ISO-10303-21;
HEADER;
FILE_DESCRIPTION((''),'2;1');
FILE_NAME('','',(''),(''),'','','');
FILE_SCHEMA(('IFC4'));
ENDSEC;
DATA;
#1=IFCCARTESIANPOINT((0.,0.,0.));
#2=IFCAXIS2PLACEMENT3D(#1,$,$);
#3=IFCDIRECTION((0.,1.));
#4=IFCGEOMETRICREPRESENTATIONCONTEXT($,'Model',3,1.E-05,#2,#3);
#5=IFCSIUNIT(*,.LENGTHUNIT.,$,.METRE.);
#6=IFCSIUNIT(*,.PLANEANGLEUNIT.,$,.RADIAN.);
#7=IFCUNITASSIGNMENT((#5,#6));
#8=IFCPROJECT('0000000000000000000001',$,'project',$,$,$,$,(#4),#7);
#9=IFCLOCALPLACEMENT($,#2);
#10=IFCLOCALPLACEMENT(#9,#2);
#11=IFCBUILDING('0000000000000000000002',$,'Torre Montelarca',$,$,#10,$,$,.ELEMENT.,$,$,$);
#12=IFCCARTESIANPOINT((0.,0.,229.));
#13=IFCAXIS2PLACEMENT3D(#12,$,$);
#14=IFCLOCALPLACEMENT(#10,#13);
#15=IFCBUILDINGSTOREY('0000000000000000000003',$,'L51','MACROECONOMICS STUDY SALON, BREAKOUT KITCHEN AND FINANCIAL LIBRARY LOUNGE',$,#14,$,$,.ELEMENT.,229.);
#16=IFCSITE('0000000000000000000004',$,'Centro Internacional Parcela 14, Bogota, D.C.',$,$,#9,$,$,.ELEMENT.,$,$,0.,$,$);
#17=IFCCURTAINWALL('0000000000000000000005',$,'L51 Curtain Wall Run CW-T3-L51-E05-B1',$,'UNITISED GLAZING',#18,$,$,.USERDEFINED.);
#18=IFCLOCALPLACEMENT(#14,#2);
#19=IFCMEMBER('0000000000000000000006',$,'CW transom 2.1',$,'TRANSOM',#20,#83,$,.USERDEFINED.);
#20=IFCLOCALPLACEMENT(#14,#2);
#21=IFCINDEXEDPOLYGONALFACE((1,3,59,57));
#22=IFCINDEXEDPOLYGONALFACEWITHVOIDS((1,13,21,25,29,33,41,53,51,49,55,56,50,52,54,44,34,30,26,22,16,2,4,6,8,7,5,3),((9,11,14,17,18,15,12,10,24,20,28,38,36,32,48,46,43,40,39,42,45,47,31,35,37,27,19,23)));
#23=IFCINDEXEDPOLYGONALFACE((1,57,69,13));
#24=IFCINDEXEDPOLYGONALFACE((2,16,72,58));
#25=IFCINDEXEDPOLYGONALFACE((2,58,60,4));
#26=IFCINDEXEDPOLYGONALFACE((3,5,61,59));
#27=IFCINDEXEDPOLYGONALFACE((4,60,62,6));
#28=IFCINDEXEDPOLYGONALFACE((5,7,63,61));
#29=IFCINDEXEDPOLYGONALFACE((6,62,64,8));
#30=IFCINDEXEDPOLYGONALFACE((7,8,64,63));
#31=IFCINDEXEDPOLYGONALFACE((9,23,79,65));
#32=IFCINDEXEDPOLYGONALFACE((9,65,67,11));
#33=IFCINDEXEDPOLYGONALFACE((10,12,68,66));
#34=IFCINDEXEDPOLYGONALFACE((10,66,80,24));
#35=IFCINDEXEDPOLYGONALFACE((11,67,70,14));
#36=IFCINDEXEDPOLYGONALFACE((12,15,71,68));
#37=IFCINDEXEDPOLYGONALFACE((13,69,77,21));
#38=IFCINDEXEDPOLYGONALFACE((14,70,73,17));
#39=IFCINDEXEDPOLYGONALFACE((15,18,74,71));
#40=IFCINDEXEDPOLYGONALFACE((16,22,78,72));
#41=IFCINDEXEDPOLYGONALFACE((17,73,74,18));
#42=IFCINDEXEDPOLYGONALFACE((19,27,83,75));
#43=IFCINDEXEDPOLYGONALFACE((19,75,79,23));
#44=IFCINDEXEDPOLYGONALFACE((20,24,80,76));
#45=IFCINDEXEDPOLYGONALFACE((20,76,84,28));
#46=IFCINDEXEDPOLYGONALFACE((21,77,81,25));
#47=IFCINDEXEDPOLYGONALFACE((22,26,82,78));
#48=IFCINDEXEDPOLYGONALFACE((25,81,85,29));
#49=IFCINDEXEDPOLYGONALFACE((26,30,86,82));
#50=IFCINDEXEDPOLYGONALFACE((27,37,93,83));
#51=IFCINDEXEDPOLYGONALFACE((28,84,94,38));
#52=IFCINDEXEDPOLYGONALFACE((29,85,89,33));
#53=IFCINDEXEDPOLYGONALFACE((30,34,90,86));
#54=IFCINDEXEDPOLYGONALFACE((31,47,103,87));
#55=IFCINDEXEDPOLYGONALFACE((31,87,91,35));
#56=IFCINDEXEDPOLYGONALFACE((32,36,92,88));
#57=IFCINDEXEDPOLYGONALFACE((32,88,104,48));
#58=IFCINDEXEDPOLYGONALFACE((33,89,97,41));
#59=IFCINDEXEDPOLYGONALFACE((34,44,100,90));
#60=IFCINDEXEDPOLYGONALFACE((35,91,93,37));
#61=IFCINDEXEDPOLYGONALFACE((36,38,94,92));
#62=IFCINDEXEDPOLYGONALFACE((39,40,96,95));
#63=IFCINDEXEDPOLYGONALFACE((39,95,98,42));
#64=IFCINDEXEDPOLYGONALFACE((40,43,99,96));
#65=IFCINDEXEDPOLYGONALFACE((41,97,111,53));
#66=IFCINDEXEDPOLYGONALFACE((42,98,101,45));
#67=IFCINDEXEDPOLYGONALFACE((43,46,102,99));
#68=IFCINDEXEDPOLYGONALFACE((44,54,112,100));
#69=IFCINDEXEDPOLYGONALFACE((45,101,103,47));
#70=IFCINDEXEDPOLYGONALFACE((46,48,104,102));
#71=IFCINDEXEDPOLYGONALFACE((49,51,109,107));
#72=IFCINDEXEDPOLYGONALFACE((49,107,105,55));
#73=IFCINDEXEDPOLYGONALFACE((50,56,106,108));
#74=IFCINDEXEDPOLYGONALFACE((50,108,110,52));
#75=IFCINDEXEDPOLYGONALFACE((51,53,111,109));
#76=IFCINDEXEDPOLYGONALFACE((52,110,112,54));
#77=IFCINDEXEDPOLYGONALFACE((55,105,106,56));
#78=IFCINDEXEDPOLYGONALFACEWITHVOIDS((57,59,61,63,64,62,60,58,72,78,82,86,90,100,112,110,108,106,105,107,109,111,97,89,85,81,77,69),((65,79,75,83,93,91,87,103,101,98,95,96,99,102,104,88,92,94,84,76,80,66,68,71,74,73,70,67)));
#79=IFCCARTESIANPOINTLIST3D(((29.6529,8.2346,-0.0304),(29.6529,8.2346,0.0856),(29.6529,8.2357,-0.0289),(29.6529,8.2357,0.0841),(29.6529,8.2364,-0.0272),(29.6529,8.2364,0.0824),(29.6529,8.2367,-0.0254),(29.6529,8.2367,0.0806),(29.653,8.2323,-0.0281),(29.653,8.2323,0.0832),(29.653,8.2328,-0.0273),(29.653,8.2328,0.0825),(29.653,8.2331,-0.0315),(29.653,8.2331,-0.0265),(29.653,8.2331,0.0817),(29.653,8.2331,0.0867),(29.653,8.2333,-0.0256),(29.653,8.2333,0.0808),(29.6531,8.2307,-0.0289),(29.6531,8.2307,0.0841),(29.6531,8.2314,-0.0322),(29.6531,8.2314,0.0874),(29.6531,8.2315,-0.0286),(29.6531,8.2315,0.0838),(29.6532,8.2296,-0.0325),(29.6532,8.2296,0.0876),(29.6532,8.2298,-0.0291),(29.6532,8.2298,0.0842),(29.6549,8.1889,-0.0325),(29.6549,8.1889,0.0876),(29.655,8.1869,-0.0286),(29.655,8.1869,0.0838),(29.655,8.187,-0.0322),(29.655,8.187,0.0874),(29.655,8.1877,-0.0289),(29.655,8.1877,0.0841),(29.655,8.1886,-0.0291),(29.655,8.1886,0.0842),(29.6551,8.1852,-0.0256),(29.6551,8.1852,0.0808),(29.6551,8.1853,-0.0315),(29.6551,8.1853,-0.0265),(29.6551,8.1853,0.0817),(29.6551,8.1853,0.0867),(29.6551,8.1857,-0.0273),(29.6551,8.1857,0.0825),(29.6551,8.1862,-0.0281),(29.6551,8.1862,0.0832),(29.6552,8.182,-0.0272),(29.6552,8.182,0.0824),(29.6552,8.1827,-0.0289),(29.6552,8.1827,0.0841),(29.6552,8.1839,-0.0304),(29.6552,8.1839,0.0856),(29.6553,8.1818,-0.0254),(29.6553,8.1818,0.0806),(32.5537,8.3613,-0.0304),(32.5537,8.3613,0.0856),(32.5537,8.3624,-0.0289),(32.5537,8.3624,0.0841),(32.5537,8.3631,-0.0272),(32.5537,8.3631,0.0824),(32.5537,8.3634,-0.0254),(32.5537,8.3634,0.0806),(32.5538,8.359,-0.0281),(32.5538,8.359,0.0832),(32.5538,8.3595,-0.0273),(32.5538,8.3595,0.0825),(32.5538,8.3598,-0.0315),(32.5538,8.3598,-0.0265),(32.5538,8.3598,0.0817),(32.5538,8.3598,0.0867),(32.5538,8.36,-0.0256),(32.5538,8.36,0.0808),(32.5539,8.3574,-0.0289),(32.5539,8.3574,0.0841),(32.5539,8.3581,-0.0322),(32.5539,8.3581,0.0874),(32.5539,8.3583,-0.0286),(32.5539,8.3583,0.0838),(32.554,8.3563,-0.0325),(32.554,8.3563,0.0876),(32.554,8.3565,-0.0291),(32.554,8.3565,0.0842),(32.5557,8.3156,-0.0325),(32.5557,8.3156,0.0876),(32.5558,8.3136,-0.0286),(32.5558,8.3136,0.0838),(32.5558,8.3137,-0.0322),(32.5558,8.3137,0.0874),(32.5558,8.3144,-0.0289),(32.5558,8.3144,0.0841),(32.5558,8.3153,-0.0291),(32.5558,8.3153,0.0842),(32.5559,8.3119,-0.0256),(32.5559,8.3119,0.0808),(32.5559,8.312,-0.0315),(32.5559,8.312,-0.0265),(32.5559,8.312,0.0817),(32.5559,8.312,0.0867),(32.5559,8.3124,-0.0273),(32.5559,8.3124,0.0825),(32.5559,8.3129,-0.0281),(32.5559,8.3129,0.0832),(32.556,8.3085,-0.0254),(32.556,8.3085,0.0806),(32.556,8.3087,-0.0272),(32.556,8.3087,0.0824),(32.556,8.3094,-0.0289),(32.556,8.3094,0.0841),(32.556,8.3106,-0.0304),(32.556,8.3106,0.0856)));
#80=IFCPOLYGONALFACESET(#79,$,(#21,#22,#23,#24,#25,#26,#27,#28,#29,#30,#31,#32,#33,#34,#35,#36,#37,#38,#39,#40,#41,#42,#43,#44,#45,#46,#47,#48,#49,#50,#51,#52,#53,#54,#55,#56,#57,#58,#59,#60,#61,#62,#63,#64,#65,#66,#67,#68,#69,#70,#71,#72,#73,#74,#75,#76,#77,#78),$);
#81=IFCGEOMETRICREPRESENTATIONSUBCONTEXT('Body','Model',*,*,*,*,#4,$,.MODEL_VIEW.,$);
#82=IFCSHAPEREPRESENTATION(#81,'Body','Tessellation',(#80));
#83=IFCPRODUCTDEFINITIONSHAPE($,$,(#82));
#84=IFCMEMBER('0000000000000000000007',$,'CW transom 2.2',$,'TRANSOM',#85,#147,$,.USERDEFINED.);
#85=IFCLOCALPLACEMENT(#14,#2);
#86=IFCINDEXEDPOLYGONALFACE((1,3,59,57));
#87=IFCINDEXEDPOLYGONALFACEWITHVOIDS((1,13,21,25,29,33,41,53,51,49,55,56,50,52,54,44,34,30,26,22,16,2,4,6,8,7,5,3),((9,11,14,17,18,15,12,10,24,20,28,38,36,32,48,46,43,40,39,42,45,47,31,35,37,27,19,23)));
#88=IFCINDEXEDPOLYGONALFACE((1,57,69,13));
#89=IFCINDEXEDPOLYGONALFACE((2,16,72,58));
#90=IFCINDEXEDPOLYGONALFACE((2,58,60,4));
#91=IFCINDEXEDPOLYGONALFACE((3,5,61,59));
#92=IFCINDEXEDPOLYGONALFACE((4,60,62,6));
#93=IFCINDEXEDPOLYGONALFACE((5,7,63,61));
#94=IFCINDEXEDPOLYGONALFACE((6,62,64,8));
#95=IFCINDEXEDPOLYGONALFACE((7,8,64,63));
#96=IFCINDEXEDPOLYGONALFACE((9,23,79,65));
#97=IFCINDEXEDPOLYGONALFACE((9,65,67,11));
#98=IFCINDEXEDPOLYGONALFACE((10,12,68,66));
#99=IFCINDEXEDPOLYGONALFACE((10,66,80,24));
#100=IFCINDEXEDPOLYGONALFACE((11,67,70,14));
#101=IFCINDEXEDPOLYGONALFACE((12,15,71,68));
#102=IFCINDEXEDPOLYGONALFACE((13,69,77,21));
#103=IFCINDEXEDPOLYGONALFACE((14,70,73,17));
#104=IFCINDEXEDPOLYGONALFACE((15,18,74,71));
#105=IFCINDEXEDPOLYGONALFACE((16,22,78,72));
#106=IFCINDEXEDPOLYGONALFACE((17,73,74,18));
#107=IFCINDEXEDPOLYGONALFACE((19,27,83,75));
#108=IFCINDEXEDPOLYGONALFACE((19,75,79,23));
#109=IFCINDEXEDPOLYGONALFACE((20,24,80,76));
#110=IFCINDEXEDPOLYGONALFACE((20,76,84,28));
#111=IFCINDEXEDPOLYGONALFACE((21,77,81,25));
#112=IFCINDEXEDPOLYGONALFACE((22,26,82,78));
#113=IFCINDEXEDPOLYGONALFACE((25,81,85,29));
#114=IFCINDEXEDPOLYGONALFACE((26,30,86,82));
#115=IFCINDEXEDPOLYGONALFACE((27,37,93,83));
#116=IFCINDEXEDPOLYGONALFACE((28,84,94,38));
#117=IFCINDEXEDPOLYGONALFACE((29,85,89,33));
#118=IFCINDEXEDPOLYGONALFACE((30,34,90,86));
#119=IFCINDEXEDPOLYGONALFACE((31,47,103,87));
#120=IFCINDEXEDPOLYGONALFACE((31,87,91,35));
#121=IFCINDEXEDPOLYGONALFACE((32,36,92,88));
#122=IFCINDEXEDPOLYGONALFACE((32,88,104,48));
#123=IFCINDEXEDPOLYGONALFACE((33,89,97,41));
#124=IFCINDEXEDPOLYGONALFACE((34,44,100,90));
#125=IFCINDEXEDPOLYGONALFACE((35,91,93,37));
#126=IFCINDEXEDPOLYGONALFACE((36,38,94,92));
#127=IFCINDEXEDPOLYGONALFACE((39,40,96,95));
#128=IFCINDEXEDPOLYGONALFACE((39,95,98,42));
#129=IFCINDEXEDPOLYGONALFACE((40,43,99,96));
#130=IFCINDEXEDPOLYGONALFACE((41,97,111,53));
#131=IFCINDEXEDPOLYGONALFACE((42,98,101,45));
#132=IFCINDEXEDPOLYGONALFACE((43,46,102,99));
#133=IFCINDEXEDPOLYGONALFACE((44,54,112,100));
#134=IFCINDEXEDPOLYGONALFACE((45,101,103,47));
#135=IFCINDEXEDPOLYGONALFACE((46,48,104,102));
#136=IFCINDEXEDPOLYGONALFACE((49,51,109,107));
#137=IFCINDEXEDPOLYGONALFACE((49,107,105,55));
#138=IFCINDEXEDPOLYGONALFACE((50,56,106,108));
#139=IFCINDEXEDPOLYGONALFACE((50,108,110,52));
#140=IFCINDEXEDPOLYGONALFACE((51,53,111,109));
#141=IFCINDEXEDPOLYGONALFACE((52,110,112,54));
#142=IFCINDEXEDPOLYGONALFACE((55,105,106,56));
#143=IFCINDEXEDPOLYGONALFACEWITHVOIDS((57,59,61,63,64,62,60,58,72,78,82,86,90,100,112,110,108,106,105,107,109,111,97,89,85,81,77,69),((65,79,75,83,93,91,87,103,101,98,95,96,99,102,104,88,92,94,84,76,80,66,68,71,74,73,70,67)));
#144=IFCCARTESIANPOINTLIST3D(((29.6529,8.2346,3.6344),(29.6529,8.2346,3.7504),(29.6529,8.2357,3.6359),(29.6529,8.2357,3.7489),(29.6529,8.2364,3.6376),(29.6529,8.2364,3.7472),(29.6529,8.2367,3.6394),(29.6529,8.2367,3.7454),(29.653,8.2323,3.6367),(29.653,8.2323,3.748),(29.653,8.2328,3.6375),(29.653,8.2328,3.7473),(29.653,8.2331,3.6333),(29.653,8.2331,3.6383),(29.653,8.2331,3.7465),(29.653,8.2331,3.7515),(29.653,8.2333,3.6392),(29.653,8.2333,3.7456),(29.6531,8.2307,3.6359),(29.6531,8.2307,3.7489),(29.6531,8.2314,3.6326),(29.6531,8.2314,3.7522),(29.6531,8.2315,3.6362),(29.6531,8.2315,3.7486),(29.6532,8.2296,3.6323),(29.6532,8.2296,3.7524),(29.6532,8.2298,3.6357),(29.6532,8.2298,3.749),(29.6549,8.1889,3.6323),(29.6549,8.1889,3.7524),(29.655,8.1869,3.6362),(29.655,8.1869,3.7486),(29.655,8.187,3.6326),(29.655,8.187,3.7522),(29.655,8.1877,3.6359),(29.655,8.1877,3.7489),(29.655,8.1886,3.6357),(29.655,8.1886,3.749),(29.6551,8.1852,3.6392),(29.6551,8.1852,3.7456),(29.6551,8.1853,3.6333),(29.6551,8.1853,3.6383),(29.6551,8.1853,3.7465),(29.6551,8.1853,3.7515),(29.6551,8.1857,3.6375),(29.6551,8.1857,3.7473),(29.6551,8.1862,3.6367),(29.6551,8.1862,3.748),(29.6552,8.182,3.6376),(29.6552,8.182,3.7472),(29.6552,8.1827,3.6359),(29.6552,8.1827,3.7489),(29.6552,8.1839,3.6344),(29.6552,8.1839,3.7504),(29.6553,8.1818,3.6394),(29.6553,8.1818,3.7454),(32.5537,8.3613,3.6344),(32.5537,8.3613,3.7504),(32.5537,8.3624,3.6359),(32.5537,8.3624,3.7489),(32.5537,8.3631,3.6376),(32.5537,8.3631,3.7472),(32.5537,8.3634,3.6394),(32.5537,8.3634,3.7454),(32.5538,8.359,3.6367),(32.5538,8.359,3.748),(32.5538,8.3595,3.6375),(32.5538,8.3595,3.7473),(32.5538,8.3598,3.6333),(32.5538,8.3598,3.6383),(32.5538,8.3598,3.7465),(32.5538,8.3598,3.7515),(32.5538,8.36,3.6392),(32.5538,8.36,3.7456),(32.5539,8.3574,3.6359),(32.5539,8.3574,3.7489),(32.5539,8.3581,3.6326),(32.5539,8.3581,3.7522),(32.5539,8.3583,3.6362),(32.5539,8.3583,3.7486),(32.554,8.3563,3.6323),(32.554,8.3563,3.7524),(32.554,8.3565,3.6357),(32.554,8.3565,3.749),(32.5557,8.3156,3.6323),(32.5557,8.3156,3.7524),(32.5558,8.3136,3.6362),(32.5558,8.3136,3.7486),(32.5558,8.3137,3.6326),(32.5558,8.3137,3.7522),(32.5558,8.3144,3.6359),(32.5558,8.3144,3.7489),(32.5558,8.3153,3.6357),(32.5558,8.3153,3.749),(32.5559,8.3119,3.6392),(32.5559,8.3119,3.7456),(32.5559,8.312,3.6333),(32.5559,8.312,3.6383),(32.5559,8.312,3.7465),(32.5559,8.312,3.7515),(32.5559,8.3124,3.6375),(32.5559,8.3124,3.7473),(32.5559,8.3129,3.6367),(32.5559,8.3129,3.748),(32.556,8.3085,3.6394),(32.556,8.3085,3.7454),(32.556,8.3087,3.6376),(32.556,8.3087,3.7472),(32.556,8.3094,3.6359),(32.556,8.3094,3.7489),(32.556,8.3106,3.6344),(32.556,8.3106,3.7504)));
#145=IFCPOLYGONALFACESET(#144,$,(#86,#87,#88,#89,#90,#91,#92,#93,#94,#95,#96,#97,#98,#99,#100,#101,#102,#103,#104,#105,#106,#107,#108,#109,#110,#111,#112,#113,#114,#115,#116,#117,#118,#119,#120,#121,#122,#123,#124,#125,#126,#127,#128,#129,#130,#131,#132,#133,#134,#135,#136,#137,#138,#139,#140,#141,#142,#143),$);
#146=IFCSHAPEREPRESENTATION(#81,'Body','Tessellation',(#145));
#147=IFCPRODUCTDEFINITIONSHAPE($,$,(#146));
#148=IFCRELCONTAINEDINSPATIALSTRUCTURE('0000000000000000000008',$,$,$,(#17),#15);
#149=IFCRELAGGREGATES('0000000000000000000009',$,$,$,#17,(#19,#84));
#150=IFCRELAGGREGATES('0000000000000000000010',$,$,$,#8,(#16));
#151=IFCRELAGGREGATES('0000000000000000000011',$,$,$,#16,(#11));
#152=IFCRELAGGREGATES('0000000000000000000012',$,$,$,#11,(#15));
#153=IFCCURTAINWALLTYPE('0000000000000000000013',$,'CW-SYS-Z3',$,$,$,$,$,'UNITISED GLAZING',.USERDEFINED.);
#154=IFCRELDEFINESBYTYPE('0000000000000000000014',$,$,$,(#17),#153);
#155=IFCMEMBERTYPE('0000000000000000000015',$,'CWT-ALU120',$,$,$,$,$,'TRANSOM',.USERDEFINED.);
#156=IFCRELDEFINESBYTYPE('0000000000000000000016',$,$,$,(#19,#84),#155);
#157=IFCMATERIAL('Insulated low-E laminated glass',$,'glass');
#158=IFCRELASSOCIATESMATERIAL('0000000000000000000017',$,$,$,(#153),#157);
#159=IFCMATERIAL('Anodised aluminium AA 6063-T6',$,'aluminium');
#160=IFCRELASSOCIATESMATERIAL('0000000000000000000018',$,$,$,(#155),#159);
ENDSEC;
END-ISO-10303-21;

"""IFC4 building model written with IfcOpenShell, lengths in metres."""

from ifc_helpers import new_model, si_unit, direction, frame, origin, origin_2d, place, context, subcontext, project, spatial, hollow_rectangle, extrude, source, transform, mapped, material, material_profile, profile_set, type_object, element, aggregate, save


model = new_model("IFC4")

# Units and contexts
model_context = context("Model", 3, precision=1e-05, world=origin(), true_north=direction((0.0, 1.0)))
body_context = subcontext(model_context, "Body", "Model", "MODEL_VIEW")
ifc_project = project(units=[si_unit("LENGTHUNIT", "METRE"), si_unit("PLANEANGLEUNIT", "RADIAN")], contexts=[model_context])

# Site, building, storey
site_placement = place(None, origin())
site = spatial("IfcSite", under=ifc_project, at=site_placement, Name="Centro Internacional Parcela 14, Bogota, D.C.", CompositionType="ELEMENT", RefElevation=0.0)
building_placement = place(site_placement, origin())
building = spatial("IfcBuilding", under=site, at=building_placement, Name="Torre Montelarca", CompositionType="ELEMENT")
storey_placement = place(building_placement, frame((0.0, 0.0, 229.0)))
storey = spatial("IfcBuildingStorey", under=building, at=storey_placement, Name="L51", Description="MACROECONOMICS STUDY SALON, BREAKOUT KITCHEN AND FINANCIAL LIBRARY LOUNGE", CompositionType="ELEMENT", Elevation=229.0)

# Curtain wall, members
ifc_material_1 = material(Name="Insulated low-E laminated glass", Category="glass")
curtain_wall_type = type_object("IfcCurtainWallType", Name="CW-SYS-Z3", ElementType="UNITISED GLAZING", PredefinedType="USERDEFINED", material=ifc_material_1)
curtain_wall_1_placement = place(storey_placement, origin())
curtain_wall_1 = element("IfcCurtainWall", 1, at=curtain_wall_1_placement, inside=storey, type_object=curtain_wall_type, Name="L51 Curtain Wall Run CW-T3-L51-E05-B1", ObjectType="UNITISED GLAZING", PredefinedType="USERDEFINED")
ifc_material_2 = material(Name="Anodised aluminium AA 6063-T6", Category="aluminium")
ifc_material_profile_1 = material_profile(ifc_material_2, hollow_rectangle(XDim=0.0549, YDim=0.1201, WallThickness=0.0034, InnerFilletRadius=0.0034, OuterFilletRadius=0.0071, at=origin_2d()), Name="ALU55X120X3.5", Category="aluminium")
ifc_profile_set_1 = profile_set([ifc_material_profile_1], Name="Anodised aluminium AA 6063-T6")
member_type_1 = type_object("IfcMemberType", Name="CWT-ALU120", ElementType="TRANSOM", PredefinedType="USERDEFINED", material=ifc_profile_set_1)
shared_shape_1 = source(origin(), body_context, "Body", "SweptSolid", [
    extrude(hollow_rectangle(XDim=0.0549, YDim=0.1201, WallThickness=0.0034, InnerFilletRadius=0.0034, OuterFilletRadius=0.0071, at=origin_2d()), origin(), (0.0, 0.0, 1.0), 2.9036),
])
member_1_placement = place(storey_placement, frame((29.6541, 8.2092, 0.0276), z_axis=(0.999047, 0.043638, 0.0), x_axis=(-0.043638, 0.999047, 0.0)))
member_1 = element("IfcMember", 2, at=member_1_placement, type_object=member_type_1, Name="CW transom 2.1", ObjectType="TRANSOM", PredefinedType="USERDEFINED", context=body_context, shape_type="MappedRepresentation", body=[
    mapped(shared_shape_1, transform((0.0, 0.0, 0.0), scale=1.0)),
])
member_2_placement = place(storey_placement, frame((29.6541, 8.2092, 3.6924), z_axis=(0.999047, 0.043638, 0.0), x_axis=(-0.043638, 0.999047, 0.0)))
member_2 = element("IfcMember", 3, at=member_2_placement, type_object=member_type_1, Name="CW transom 2.2", ObjectType="TRANSOM", PredefinedType="USERDEFINED", context=body_context, shape_type="MappedRepresentation", body=[
    mapped(shared_shape_1, transform((0.0, 0.0, 0.0), scale=1.0)),
])

aggregate(curtain_wall_1, [member_1, member_2])

save(model, "model.ifc")
